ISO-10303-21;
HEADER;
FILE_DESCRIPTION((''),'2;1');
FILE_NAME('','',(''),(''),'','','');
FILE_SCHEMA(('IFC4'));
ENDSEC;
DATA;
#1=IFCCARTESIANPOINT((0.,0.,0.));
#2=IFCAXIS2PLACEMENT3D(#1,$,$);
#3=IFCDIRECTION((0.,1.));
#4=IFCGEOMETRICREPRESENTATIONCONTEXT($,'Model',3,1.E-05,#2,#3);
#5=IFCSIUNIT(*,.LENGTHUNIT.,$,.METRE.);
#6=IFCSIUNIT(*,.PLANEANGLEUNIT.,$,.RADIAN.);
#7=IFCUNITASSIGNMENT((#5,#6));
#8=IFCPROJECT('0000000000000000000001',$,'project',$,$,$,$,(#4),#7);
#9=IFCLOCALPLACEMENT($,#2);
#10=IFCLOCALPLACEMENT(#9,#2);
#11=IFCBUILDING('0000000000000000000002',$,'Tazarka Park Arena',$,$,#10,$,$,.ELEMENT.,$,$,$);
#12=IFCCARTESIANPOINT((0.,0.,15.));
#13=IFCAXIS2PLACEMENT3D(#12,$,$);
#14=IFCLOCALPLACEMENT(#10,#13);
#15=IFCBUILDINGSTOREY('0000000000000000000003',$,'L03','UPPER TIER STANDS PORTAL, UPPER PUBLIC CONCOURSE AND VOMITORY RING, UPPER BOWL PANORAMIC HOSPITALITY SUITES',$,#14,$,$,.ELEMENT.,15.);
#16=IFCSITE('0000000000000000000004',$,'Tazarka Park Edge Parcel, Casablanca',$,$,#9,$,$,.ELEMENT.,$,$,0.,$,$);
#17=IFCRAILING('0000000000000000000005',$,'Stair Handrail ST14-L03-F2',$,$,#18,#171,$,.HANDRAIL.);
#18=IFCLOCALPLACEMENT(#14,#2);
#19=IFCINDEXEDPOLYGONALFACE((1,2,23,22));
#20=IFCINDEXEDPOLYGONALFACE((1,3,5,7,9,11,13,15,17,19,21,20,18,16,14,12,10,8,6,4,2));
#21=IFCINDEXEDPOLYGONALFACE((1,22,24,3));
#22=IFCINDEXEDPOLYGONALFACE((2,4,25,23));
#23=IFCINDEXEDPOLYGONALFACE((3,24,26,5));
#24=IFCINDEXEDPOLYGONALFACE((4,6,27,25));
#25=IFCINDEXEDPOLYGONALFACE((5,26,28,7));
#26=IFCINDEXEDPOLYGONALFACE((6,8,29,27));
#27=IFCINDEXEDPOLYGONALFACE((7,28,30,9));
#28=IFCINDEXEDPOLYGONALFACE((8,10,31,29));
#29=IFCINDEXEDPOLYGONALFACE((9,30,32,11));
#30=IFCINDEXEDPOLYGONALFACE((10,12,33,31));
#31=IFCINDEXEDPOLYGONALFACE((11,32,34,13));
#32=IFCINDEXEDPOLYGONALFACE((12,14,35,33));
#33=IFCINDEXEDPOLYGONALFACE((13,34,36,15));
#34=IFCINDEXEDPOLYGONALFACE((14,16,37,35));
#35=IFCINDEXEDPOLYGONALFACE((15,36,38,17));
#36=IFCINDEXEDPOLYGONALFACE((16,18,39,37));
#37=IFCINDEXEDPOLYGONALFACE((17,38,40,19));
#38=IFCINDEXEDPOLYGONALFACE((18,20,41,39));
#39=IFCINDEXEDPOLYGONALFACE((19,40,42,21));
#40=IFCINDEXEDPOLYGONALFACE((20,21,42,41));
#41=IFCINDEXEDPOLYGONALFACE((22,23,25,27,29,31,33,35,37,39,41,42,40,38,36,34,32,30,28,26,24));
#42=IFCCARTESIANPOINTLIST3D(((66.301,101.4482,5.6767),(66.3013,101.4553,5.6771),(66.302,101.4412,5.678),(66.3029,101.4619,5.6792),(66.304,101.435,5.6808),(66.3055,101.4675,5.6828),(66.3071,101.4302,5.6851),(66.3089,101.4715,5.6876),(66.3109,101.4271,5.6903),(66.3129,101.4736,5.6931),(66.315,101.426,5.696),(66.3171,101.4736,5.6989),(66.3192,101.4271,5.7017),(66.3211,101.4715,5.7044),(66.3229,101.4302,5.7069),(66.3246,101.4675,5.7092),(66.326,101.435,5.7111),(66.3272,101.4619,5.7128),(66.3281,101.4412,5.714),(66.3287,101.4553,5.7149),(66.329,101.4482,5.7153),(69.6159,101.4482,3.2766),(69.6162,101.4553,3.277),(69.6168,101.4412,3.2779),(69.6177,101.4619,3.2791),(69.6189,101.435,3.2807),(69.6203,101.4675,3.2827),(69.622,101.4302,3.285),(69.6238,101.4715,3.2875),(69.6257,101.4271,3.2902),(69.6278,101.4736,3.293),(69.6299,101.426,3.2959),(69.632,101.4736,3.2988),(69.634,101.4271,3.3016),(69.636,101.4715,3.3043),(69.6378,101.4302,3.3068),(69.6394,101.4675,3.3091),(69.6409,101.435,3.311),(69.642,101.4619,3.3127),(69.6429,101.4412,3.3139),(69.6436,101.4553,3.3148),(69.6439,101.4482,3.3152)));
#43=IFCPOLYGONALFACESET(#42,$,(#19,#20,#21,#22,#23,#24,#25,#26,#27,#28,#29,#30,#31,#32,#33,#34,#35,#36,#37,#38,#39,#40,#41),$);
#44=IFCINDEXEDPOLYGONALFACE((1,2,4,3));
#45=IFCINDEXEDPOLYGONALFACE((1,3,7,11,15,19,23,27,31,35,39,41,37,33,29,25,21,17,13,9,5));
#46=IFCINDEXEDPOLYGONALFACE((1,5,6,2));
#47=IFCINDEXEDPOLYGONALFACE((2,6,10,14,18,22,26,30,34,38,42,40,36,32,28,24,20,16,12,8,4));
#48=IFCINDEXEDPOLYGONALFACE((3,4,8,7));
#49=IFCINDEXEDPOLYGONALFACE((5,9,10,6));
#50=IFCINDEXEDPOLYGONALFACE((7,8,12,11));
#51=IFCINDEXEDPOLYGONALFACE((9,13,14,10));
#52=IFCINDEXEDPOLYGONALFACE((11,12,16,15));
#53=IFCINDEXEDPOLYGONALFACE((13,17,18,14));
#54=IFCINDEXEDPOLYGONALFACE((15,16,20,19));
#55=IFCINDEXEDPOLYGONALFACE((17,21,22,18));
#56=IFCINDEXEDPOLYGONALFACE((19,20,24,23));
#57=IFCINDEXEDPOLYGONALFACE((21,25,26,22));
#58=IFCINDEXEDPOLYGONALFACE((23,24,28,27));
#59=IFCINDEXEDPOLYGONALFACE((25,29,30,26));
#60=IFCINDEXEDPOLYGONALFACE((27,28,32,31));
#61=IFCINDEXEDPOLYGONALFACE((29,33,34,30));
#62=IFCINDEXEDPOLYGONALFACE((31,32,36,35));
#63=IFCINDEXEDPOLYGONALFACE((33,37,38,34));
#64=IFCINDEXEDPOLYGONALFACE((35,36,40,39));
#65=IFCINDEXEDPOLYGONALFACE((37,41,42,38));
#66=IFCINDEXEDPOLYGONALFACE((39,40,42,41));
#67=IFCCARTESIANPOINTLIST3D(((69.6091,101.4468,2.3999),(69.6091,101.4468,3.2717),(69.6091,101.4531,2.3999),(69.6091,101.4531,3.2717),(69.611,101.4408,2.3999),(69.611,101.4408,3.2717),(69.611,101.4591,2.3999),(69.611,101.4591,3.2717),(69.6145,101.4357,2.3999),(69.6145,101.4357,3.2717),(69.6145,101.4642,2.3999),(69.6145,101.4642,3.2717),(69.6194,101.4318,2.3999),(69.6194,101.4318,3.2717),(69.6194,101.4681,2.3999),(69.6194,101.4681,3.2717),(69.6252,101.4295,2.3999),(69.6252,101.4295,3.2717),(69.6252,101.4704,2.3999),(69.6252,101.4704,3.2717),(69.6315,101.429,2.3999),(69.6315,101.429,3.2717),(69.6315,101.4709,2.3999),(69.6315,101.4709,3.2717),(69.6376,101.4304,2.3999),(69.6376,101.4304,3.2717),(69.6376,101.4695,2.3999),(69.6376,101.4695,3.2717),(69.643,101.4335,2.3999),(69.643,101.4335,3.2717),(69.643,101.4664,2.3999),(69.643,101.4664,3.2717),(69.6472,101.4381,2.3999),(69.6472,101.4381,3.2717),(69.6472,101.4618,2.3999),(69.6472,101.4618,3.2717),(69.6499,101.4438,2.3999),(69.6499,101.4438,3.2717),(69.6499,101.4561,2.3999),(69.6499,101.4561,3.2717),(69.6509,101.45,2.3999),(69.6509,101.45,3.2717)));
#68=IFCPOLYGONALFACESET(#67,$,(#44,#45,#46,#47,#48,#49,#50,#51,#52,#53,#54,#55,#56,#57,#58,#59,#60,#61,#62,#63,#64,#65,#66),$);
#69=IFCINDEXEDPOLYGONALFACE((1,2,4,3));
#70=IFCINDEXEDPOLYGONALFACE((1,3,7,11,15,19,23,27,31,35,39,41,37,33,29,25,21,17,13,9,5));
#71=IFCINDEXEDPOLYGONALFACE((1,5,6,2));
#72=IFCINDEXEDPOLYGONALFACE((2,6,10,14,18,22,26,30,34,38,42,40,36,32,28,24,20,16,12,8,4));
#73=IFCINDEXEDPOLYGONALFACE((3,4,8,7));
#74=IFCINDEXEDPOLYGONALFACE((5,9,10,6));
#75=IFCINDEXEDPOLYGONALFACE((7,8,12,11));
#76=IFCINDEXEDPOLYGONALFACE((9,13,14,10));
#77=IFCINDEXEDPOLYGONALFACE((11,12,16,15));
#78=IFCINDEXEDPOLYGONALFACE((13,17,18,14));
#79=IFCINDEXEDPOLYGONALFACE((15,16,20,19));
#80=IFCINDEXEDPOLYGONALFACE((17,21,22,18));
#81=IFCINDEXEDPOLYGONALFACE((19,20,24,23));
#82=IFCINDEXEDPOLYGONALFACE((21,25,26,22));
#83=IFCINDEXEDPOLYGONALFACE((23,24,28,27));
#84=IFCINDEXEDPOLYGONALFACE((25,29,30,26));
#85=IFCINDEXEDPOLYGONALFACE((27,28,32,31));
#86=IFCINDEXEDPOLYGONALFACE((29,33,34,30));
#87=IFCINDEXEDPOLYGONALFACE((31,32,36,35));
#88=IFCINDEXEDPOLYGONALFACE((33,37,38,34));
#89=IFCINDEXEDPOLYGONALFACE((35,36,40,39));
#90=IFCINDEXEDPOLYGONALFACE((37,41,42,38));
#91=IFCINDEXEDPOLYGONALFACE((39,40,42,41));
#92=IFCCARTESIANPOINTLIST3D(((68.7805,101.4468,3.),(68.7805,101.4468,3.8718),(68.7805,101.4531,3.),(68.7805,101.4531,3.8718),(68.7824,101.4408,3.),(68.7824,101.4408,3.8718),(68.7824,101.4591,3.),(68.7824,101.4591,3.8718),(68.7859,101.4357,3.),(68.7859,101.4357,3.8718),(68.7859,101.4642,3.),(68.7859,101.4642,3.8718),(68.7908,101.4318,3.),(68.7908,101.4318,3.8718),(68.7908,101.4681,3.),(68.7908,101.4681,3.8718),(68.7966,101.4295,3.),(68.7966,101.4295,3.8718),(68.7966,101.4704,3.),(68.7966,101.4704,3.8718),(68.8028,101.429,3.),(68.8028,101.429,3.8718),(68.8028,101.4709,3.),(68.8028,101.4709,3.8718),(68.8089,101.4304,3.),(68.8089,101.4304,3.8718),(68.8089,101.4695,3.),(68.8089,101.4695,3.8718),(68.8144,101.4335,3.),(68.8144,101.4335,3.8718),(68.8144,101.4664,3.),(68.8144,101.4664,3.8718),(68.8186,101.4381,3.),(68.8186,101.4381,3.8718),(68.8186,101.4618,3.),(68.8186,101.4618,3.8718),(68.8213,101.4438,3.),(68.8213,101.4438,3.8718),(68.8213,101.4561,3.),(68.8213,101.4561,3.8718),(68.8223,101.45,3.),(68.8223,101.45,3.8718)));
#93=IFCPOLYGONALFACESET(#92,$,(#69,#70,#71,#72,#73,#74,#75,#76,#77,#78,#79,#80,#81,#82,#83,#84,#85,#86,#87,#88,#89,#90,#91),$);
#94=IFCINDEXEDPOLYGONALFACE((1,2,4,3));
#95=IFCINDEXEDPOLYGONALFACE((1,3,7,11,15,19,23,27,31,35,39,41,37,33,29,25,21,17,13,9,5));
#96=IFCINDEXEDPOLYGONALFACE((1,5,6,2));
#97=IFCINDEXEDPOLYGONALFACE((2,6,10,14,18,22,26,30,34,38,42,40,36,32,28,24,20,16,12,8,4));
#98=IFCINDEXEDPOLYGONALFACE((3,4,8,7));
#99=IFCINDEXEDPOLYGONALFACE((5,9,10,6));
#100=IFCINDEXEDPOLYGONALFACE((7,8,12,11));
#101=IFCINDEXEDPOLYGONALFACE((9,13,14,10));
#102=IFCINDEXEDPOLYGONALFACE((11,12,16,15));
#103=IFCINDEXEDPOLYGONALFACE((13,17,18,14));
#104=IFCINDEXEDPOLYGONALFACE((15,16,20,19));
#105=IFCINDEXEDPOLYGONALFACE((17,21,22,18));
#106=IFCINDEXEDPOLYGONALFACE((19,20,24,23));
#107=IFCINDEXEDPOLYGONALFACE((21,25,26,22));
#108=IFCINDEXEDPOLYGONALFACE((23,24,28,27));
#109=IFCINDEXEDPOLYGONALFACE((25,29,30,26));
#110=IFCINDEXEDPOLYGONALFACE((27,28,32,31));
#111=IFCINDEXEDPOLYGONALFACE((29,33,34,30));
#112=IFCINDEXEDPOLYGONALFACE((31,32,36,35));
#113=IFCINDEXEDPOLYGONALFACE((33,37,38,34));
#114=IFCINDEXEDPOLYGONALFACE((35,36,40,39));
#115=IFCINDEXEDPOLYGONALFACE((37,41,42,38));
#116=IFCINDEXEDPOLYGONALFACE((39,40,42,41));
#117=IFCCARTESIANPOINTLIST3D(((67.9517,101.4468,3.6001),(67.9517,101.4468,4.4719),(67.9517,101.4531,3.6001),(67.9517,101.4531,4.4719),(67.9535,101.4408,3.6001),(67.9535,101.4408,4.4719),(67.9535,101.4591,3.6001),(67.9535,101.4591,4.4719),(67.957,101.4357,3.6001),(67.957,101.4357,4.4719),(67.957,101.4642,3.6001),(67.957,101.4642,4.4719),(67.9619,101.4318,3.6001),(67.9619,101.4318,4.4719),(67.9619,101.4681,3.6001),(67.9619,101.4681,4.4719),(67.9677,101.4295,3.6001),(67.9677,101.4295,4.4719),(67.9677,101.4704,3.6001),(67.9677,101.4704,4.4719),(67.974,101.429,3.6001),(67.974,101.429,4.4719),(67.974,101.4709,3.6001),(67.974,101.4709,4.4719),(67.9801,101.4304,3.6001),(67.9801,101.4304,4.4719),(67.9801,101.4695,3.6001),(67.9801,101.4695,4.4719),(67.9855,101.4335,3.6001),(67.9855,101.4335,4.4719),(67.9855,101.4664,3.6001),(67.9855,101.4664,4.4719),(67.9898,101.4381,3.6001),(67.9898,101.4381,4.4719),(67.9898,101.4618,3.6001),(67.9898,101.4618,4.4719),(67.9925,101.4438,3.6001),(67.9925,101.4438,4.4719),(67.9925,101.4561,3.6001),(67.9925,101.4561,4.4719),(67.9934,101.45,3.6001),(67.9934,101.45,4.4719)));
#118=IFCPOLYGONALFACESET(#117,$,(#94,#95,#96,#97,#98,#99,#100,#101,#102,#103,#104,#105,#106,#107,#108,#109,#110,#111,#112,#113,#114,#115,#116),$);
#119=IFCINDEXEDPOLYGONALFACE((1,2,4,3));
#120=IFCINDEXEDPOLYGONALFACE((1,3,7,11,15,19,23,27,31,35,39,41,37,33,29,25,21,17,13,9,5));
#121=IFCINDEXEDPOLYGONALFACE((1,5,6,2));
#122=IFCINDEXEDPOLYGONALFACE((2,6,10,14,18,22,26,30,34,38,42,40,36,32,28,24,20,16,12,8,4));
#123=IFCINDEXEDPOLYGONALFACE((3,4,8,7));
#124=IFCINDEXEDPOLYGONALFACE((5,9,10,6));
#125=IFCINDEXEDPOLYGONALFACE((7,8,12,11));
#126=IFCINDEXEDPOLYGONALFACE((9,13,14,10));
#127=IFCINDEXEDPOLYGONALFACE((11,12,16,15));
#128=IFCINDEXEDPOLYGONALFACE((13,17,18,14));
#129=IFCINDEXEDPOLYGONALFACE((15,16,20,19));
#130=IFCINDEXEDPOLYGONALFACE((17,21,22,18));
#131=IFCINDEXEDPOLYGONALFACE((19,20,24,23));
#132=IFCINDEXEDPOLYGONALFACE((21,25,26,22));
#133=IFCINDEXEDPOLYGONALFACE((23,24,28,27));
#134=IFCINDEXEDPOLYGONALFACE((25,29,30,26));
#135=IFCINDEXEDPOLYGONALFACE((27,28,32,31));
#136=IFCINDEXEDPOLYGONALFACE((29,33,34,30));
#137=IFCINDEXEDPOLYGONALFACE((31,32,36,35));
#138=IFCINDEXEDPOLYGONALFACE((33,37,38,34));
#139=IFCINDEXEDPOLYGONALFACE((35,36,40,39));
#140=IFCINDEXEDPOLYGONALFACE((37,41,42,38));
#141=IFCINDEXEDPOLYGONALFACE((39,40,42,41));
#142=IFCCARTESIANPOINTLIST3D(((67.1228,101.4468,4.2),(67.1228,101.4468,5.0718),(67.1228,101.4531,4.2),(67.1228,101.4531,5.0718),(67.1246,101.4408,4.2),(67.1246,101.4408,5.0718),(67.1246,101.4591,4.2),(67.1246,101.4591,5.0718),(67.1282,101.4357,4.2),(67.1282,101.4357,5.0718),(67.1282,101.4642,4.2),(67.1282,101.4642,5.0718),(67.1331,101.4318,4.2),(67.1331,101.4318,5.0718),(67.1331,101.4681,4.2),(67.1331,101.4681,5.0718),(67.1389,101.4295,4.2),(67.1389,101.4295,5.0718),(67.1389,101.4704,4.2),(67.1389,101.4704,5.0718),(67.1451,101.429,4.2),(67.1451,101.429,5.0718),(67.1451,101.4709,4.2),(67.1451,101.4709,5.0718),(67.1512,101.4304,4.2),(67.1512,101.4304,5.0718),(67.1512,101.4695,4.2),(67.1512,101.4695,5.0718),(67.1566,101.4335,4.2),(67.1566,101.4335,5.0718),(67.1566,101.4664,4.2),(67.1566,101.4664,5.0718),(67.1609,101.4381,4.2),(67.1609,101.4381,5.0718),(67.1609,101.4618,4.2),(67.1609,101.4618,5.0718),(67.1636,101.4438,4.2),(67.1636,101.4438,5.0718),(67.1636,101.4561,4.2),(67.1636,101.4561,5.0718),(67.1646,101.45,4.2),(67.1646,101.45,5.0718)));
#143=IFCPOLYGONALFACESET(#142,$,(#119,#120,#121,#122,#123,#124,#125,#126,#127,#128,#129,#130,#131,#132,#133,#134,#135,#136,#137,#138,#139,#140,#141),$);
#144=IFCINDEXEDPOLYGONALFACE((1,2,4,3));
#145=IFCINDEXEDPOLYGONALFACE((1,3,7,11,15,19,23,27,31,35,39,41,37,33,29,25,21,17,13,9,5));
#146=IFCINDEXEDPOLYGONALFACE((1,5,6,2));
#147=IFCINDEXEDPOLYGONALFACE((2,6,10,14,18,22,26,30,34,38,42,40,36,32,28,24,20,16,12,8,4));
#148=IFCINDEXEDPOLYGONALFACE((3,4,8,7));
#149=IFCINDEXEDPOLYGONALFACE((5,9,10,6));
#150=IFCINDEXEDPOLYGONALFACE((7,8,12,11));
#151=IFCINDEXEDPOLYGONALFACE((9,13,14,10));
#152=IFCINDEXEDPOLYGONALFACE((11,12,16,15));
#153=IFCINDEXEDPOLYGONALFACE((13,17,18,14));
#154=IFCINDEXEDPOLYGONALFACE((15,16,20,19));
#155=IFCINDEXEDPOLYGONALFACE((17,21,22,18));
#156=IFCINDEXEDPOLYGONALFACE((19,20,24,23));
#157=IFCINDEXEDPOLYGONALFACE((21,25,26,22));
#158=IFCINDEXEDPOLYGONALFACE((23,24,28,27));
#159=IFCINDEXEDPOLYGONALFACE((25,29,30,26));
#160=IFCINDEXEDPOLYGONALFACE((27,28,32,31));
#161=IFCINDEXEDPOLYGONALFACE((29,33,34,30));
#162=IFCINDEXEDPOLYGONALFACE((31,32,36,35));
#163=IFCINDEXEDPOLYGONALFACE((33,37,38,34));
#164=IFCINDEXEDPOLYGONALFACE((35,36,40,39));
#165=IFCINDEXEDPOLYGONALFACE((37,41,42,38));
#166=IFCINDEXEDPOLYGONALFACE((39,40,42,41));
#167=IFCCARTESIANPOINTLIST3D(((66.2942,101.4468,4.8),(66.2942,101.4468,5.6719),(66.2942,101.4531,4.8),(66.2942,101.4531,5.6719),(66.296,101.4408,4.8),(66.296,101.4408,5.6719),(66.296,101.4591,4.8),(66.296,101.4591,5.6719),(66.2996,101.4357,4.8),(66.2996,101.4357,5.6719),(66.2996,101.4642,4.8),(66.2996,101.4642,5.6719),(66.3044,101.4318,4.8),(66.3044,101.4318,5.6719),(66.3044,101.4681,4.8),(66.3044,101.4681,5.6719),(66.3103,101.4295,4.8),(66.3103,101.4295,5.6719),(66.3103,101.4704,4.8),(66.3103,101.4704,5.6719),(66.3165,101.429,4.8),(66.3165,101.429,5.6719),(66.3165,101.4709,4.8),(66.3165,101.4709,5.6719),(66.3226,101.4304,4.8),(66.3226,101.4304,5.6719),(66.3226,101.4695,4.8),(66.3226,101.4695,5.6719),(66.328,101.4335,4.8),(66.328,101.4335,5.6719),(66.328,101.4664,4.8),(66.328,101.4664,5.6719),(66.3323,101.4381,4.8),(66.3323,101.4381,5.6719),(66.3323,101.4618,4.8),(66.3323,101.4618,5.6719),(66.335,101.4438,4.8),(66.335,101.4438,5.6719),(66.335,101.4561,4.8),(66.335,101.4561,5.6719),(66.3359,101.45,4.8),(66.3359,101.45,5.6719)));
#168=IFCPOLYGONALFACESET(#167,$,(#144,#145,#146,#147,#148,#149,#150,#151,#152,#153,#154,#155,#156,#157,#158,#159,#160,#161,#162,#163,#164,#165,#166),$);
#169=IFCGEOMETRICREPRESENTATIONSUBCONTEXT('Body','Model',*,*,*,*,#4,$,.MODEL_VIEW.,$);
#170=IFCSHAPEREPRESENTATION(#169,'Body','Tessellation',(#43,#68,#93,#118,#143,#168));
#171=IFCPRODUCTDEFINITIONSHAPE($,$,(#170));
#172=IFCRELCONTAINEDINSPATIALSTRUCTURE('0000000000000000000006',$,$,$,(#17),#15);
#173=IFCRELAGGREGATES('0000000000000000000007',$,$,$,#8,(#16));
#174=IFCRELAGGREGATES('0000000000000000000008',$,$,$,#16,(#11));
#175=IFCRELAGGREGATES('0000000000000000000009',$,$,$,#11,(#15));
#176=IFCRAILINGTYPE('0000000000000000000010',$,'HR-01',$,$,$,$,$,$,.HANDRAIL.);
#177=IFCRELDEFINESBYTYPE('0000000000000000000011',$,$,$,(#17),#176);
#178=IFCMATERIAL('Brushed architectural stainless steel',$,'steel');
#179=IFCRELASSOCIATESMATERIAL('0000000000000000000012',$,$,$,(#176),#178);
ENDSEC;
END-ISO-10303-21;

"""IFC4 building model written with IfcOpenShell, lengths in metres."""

from ifc_helpers import new_model, si_unit, direction, frame, origin, origin_2d, place, context, subcontext, project, spatial, circle, extrude, material, type_object, element, save


model = new_model("IFC4")

# Units and contexts
model_context = context("Model", 3, precision=1e-05, world=origin(), true_north=direction((0.0, 1.0)))
body_context = subcontext(model_context, "Body", "Model", "MODEL_VIEW")
ifc_project = project(units=[si_unit("LENGTHUNIT", "METRE"), si_unit("PLANEANGLEUNIT", "RADIAN")], contexts=[model_context])

# Site, building, storey
site_placement = place(None, origin())
site = spatial("IfcSite", under=ifc_project, at=site_placement, Name="Tazarka Park Edge Parcel, Casablanca", CompositionType="ELEMENT", RefElevation=0.0)
building_placement = place(site_placement, origin())
building = spatial("IfcBuilding", under=site, at=building_placement, Name="Tazarka Park Arena", CompositionType="ELEMENT")
storey_placement = place(building_placement, frame((0.0, 0.0, 15.0)))
storey = spatial("IfcBuildingStorey", under=building, at=storey_placement, Name="L03", Description="UPPER TIER STANDS PORTAL, UPPER PUBLIC CONCOURSE AND VOMITORY RING, UPPER BOWL PANORAMIC HOSPITALITY SUITES", CompositionType="ELEMENT", Elevation=15.0)

# Railing
ifc_material_1 = material(Name="Brushed architectural stainless steel", Category="steel")
railing_type = type_object("IfcRailingType", Name="HR-01", PredefinedType="HANDRAIL", material=ifc_material_1)
railing_placement = place(storey_placement, frame((69.6299, 101.45, 2.3999)))
element("IfcRailing", 1, at=railing_placement, inside=storey, type_object=railing_type, Name="Stair Handrail ST14-L03-F2", PredefinedType="HANDRAIL", context=body_context, shape_type="SweptSolid", body=[
    extrude(circle(Radius=0.0239, at=origin_2d()), frame((0.0, 0.0, 0.896), z_axis=(-0.80998, 0.0, 0.586457), x_axis=(0.0, -1.0, 0.0)), (0.0, 0.0, 1.0), 4.0925),
    extrude(circle(Radius=0.021, at=origin_2d()), origin(), (0.0, 0.0, 1.0), 0.8718),
    extrude(circle(Radius=0.021, at=origin_2d()), frame((-0.8286, 0.0, 0.6001)), (0.0, 0.0, 1.0), 0.8718),
    extrude(circle(Radius=0.021, at=origin_2d()), frame((-1.6575, 0.0, 1.2002)), (0.0, 0.0, 1.0), 0.8718),
    extrude(circle(Radius=0.021, at=origin_2d()), frame((-2.4863, 0.0, 1.8)), (0.0, 0.0, 1.0), 0.8718),
    extrude(circle(Radius=0.021, at=origin_2d()), frame((-3.3149, 0.0, 2.4001)), (0.0, 0.0, 1.0), 0.8718),
])

save(model, "model.ifc")
